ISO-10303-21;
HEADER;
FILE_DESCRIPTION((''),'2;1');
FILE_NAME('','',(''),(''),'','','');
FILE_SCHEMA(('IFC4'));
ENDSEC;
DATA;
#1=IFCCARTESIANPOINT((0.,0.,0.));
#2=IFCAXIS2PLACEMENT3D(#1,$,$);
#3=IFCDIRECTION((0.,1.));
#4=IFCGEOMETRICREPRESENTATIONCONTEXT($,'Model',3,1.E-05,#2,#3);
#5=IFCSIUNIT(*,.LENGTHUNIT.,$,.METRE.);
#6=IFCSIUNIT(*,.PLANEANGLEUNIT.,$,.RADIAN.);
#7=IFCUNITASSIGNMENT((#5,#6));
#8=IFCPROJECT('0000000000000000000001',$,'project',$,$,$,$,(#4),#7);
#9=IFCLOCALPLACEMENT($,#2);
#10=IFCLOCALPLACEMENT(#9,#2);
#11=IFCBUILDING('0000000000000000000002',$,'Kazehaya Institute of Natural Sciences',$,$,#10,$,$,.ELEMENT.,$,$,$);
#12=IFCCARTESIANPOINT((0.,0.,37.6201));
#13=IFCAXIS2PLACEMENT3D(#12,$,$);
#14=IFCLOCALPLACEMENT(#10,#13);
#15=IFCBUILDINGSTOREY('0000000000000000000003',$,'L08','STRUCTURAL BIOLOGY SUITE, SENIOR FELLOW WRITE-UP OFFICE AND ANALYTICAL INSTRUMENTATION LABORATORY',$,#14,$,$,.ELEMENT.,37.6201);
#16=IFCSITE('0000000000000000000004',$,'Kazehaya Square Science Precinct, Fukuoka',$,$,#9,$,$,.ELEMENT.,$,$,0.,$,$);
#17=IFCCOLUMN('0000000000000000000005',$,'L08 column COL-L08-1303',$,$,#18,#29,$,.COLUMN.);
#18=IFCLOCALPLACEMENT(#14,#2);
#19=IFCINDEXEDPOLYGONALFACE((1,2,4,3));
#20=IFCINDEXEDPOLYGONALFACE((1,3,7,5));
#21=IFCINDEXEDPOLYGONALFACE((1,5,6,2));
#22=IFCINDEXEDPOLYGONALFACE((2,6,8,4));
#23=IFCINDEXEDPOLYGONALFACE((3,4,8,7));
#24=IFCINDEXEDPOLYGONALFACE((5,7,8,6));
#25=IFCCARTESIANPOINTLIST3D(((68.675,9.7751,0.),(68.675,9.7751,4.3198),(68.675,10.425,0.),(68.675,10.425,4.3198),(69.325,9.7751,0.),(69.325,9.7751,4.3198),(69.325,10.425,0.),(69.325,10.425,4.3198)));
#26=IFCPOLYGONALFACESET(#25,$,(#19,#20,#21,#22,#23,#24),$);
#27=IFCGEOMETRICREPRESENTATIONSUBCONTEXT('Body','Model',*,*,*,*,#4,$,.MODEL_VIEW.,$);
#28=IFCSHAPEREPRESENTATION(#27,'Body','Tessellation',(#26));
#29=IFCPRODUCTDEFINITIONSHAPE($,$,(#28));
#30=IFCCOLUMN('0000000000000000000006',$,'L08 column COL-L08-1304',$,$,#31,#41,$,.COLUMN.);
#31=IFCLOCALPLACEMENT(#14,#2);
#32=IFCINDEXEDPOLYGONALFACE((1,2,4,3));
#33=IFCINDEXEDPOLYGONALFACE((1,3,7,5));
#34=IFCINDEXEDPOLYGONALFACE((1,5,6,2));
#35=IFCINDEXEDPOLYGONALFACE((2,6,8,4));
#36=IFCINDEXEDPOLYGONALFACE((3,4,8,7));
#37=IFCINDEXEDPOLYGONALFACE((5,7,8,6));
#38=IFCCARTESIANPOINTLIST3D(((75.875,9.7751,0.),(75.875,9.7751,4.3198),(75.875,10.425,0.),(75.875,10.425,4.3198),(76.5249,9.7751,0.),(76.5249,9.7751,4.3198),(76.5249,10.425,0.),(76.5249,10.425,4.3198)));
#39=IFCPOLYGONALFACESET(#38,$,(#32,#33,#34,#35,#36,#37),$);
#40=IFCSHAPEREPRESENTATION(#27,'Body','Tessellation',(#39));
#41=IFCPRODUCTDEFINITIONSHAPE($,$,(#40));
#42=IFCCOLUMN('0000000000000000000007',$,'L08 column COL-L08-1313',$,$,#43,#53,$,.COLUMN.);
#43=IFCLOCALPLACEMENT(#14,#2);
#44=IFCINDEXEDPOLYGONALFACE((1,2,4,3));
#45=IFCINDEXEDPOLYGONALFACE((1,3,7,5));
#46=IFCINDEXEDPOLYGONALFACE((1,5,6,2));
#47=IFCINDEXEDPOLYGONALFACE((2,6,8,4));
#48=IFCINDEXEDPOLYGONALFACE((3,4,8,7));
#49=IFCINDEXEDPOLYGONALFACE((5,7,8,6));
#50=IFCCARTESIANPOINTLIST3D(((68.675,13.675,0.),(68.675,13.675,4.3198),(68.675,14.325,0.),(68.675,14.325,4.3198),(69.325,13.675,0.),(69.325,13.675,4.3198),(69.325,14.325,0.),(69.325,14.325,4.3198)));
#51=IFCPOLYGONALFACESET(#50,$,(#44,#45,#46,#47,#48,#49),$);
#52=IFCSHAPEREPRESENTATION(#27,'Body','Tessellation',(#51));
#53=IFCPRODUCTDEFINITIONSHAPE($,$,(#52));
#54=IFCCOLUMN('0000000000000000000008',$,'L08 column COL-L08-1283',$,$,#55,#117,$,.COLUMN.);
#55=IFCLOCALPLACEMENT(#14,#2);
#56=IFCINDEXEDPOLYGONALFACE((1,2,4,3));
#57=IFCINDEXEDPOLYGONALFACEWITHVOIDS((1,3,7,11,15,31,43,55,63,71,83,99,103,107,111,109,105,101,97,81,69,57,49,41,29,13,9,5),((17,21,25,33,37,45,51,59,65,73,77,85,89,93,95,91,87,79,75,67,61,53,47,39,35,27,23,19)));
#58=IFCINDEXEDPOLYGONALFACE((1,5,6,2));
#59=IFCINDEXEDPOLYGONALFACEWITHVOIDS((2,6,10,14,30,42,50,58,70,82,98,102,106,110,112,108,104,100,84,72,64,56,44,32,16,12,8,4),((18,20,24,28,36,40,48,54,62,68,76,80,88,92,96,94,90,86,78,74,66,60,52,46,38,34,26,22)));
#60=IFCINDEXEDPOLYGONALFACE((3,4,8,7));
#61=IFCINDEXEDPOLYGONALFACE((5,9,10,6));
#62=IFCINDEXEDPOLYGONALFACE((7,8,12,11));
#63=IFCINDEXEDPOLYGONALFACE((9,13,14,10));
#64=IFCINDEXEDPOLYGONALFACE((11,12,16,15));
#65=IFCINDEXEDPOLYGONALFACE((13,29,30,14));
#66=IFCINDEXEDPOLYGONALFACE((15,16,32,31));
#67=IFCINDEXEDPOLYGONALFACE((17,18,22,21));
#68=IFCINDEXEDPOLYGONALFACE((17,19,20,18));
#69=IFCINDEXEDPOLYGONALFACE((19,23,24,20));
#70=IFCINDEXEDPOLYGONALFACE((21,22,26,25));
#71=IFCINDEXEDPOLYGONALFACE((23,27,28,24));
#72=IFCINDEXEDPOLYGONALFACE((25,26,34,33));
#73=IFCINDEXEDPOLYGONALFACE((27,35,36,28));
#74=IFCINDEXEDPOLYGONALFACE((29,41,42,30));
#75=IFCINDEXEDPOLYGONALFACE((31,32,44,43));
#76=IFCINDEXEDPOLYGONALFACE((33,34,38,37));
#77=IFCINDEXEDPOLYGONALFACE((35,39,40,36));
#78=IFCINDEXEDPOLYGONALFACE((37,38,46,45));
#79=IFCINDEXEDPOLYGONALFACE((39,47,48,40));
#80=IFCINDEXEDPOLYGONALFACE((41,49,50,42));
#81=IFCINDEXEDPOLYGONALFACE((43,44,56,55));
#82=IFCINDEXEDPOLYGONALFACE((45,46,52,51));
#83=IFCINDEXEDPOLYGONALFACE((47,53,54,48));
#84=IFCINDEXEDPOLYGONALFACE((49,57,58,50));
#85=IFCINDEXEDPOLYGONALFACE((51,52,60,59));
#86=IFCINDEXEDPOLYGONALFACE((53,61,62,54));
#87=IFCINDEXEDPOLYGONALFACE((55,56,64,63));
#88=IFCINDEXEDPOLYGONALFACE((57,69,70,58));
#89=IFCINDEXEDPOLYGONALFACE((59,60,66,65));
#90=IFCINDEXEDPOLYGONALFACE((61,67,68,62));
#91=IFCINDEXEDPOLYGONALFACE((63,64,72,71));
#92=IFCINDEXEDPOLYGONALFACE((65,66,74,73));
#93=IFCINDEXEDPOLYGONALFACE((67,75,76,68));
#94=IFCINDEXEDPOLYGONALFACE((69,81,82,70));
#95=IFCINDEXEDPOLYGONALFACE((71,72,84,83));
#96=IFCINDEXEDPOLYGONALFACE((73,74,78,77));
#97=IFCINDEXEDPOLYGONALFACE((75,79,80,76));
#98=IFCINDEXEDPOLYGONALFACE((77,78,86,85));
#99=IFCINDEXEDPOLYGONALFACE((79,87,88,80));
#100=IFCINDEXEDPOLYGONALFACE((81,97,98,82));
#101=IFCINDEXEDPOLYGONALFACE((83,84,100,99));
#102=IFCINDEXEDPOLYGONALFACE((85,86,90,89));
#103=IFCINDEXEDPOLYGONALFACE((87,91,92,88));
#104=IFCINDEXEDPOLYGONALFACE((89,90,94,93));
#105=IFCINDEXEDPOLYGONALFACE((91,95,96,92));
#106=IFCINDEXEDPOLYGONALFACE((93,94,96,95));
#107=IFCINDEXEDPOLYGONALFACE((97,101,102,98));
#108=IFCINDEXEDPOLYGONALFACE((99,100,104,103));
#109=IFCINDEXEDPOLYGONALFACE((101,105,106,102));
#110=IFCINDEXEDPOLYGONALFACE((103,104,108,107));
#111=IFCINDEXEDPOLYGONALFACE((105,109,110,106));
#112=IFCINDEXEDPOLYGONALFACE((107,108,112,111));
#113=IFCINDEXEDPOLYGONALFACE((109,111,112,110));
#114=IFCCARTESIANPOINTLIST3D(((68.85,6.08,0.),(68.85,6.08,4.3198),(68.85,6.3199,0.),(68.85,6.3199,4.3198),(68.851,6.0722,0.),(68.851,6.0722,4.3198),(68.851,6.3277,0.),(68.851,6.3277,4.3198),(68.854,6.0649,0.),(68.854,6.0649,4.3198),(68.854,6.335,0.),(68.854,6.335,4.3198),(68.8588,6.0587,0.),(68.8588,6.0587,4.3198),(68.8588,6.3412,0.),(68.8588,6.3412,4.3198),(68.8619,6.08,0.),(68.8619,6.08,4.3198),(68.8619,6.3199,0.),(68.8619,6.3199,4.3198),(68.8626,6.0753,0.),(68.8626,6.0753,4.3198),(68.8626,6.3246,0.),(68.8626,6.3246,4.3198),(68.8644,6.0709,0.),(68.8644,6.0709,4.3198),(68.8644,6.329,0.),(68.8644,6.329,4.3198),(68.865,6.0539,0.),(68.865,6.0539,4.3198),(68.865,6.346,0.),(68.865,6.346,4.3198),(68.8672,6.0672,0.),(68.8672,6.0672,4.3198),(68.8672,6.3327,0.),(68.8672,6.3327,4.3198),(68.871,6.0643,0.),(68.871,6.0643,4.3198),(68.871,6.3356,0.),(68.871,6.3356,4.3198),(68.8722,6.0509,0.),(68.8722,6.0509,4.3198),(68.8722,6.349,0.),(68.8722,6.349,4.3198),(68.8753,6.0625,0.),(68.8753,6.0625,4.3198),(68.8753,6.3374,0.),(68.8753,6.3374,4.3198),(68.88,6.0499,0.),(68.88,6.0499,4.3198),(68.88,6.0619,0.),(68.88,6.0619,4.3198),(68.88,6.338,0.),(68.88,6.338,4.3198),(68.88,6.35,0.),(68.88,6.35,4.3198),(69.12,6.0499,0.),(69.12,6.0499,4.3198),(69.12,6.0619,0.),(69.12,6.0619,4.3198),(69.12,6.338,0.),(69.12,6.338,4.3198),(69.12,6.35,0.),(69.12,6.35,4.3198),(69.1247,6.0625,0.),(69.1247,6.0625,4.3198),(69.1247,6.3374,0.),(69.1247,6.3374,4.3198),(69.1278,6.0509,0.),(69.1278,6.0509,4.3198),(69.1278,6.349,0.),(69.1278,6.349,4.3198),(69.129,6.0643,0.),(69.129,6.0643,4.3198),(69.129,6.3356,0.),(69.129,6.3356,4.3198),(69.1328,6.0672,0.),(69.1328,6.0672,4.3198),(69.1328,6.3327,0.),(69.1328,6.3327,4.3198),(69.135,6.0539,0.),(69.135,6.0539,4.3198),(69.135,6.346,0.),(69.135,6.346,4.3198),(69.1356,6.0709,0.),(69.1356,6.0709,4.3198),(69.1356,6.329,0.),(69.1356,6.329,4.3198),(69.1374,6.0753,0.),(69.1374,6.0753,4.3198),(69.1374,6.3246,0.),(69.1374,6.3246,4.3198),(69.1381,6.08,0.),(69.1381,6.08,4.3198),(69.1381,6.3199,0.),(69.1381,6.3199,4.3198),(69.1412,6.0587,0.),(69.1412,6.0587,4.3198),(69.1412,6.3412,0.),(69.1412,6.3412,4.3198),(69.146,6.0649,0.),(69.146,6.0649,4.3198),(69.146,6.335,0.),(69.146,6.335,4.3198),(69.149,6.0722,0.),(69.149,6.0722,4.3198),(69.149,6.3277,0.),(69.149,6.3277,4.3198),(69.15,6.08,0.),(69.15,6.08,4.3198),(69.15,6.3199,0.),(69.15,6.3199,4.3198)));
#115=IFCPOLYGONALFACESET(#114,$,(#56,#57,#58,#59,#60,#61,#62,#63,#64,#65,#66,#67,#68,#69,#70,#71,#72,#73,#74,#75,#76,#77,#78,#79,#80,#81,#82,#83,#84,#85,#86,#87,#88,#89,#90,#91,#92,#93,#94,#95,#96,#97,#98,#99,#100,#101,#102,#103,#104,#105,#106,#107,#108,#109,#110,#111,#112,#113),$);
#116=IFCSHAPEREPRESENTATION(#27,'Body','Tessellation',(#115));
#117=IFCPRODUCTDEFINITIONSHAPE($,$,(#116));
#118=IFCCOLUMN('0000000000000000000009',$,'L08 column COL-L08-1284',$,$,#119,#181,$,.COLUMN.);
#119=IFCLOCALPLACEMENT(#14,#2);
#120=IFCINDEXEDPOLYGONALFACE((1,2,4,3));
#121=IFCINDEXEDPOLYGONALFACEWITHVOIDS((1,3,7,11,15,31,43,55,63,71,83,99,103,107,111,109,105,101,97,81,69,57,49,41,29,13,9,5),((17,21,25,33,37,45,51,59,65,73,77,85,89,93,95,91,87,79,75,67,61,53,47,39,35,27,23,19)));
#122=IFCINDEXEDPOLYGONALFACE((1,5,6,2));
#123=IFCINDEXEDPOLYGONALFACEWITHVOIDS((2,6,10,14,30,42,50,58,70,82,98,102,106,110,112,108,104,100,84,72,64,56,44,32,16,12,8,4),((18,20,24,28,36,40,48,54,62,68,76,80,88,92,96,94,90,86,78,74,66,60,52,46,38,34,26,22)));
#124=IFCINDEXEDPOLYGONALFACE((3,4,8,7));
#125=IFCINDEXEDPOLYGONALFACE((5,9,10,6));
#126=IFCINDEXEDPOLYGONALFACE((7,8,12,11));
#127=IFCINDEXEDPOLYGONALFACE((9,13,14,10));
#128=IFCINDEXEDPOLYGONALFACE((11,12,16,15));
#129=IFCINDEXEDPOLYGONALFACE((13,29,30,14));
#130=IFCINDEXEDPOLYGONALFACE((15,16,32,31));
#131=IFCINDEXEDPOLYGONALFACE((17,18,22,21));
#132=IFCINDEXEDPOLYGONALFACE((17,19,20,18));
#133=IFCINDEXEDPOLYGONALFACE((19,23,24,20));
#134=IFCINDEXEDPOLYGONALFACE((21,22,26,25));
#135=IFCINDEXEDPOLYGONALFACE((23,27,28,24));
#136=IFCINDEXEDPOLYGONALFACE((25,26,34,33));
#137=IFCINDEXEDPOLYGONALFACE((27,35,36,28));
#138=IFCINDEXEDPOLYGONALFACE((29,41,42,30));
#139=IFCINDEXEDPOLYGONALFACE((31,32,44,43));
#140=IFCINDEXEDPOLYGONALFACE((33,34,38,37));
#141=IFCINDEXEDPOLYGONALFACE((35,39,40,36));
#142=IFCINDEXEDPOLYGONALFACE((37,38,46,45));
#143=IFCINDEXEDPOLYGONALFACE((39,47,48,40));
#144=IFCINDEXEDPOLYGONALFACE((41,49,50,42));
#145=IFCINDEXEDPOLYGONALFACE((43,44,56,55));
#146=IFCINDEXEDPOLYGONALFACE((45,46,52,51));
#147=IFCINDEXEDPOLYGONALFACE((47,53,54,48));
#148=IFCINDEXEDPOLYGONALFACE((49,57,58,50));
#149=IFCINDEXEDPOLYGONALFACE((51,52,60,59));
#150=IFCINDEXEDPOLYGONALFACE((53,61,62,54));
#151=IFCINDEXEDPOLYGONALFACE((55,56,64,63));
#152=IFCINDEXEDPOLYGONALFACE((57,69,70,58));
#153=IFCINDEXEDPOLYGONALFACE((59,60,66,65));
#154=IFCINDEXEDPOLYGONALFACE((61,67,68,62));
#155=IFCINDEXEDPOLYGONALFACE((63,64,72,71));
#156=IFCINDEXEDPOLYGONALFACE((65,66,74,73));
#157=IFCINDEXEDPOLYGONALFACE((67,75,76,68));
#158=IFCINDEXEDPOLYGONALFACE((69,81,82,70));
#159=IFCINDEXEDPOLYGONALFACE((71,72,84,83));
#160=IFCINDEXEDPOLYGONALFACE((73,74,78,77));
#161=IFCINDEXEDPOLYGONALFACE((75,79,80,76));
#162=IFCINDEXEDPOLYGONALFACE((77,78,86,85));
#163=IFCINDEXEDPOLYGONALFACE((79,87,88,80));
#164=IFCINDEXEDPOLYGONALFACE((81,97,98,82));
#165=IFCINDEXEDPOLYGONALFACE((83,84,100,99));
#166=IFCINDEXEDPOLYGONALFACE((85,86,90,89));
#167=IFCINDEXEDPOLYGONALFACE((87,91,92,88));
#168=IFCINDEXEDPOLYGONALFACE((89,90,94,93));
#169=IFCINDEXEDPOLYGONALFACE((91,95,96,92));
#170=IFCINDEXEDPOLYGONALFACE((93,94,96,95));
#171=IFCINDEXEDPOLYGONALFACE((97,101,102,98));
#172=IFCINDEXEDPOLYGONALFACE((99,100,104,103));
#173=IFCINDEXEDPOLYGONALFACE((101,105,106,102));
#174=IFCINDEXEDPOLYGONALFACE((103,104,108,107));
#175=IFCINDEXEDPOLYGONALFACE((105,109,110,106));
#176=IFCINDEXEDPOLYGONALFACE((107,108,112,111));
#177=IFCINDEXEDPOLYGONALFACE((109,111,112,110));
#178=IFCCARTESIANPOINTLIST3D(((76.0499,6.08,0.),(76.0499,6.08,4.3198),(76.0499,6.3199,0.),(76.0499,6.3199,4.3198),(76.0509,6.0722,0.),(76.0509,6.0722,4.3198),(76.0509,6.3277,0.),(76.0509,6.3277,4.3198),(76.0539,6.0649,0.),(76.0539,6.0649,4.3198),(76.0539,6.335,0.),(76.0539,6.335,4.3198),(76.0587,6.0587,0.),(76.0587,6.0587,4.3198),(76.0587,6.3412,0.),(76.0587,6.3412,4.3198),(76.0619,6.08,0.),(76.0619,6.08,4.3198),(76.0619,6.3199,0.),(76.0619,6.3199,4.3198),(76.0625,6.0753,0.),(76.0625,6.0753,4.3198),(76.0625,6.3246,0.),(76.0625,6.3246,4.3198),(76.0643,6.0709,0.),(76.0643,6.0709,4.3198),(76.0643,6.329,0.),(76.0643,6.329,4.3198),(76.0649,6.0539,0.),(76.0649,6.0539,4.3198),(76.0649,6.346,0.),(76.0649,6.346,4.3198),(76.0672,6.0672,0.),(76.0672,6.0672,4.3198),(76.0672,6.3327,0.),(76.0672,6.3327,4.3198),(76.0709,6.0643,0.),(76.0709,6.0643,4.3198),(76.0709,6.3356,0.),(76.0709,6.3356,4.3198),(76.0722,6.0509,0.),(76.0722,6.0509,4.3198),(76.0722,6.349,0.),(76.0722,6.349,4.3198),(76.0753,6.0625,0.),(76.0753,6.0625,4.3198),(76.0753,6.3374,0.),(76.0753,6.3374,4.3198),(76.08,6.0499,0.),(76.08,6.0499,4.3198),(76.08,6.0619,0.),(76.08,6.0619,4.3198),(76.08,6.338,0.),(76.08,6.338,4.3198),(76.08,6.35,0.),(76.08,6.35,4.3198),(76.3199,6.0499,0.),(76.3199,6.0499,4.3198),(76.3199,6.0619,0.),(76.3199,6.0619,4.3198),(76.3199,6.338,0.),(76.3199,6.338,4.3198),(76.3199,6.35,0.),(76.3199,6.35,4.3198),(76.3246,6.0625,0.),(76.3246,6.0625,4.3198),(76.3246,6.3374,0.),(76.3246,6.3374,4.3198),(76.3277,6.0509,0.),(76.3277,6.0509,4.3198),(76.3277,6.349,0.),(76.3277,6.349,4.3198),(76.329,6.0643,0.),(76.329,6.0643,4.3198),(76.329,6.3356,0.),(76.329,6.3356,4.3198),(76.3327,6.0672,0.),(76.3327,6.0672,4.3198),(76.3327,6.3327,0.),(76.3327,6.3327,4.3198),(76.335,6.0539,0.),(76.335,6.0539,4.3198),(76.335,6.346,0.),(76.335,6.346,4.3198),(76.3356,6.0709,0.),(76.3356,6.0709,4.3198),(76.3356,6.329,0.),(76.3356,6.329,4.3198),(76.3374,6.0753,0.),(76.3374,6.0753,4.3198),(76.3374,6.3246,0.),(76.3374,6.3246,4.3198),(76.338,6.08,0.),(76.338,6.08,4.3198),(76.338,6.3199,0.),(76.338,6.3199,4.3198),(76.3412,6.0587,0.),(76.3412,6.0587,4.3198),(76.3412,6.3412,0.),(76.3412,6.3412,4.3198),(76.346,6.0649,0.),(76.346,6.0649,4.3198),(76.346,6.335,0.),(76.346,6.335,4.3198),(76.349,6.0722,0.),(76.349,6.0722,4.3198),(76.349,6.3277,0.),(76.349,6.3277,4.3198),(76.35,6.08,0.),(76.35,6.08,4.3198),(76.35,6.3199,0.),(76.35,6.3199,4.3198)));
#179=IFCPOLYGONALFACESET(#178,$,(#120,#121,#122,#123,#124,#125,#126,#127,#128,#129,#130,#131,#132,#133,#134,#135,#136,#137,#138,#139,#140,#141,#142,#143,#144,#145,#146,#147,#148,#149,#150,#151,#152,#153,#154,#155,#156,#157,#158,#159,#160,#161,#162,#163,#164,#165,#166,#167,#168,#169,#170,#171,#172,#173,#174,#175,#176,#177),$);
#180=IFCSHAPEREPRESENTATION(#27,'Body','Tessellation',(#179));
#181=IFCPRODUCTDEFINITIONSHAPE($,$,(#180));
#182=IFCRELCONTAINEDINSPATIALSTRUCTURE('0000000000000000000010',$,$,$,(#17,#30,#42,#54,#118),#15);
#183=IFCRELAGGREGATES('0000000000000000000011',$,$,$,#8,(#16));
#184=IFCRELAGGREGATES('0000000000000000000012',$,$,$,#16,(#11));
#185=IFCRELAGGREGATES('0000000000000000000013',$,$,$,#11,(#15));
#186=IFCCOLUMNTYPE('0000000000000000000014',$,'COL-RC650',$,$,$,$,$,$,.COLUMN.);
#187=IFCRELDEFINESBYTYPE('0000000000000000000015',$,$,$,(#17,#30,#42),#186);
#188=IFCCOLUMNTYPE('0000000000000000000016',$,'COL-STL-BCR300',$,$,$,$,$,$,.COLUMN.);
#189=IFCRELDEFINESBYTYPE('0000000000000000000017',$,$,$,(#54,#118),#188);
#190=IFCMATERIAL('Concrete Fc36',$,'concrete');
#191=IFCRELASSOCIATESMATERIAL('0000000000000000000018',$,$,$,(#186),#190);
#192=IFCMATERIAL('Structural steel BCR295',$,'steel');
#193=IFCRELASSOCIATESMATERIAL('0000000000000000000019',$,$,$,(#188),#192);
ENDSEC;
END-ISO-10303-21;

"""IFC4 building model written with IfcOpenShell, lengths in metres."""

from ifc_helpers import new_model, si_unit, direction, frame, origin, origin_2d, place, context, subcontext, project, spatial, rectangle, hollow_rectangle, extrude, material, material_profile, profile_set, type_object, element, save


model = new_model("IFC4")

# Units and contexts
model_context = context("Model", 3, precision=1e-05, world=origin(), true_north=direction((0.0, 1.0)))
body_context = subcontext(model_context, "Body", "Model", "MODEL_VIEW")
ifc_project = project(units=[si_unit("LENGTHUNIT", "METRE"), si_unit("PLANEANGLEUNIT", "RADIAN")], contexts=[model_context])

# Site, building, storey
site_placement = place(None, origin())
site = spatial("IfcSite", under=ifc_project, at=site_placement, Name="Kazehaya Square Science Precinct, Fukuoka", CompositionType="ELEMENT", RefElevation=0.0)
building_placement = place(site_placement, origin())
building = spatial("IfcBuilding", under=site, at=building_placement, Name="Kazehaya Institute of Natural Sciences", CompositionType="ELEMENT")
storey_placement = place(building_placement, frame((0.0, 0.0, 37.6201)))
storey = spatial("IfcBuildingStorey", under=building, at=storey_placement, Name="L08", Description="STRUCTURAL BIOLOGY SUITE, SENIOR FELLOW WRITE-UP OFFICE AND ANALYTICAL INSTRUMENTATION LABORATORY", CompositionType="ELEMENT", Elevation=37.6201)

# Columns
ifc_material_1 = material(Name="Concrete Fc36", Category="concrete")
ifc_material_profile_1 = material_profile(ifc_material_1, rectangle(XDim=0.6499, YDim=0.6499, at=origin_2d()), Name="RC-650x650")
ifc_profile_set_1 = profile_set([ifc_material_profile_1], Name="Concrete Fc36")
column_type_1 = type_object("IfcColumnType", Name="COL-RC650", PredefinedType="COLUMN", material=ifc_profile_set_1)
for number, where, z_axis, x_axis, name in (
    (1, (69.0, 10.1001, 0.0), (0.0, 0.0, 1.0), (1.0, 0.0, 0.0), "L08 column COL-L08-1303"),
    (2, (76.2, 10.1001, 0.0), (0.0, 0.0, 1.0), (1.0, 0.0, 0.0), "L08 column COL-L08-1304"),
    (3, (69.0, 14.0, 0.0), (0.0, 0.0, 1.0), (1.0, 0.0, 0.0), "L08 column COL-L08-1313"),
):
    element("IfcColumn", number, at=place(storey_placement, frame(where, z_axis=z_axis, x_axis=x_axis)), inside=storey, type_object=column_type_1, Name=name, PredefinedType="COLUMN", context=body_context, shape_type="SweptSolid", body=[
        extrude(rectangle(XDim=0.6499, YDim=0.6499, at=origin_2d()), origin(), (0.0, 0.0, 1.0), 4.3198),
    ])
ifc_material_2 = material(Name="Structural steel BCR295", Category="steel")
ifc_material_profile_2 = material_profile(ifc_material_2, hollow_rectangle(XDim=0.3, YDim=0.3, WallThickness=0.012, InnerFilletRadius=0.0181, OuterFilletRadius=0.03, at=origin_2d()), Name="BCR-300x300x12")
ifc_profile_set_2 = profile_set([ifc_material_profile_2], Name="Structural steel BCR295")
column_type_2 = type_object("IfcColumnType", Name="COL-STL-BCR300", PredefinedType="COLUMN", material=ifc_profile_set_2)
for number, where, z_axis, x_axis, name in (
    (4, (69.0, 6.2, 0.0), (0.0, 0.0, 1.0), (1.0, 0.0, 0.0), "L08 column COL-L08-1283"),
    (5, (76.2, 6.2, 0.0), (0.0, 0.0, 1.0), (1.0, 0.0, 0.0), "L08 column COL-L08-1284"),
):
    element("IfcColumn", number, at=place(storey_placement, frame(where, z_axis=z_axis, x_axis=x_axis)), inside=storey, type_object=column_type_2, Name=name, PredefinedType="COLUMN", context=body_context, shape_type="SweptSolid", body=[
        extrude(hollow_rectangle(XDim=0.3, YDim=0.3, WallThickness=0.012, InnerFilletRadius=0.0181, OuterFilletRadius=0.03, at=origin_2d()), origin(), (0.0, 0.0, 1.0), 4.3198),
    ])

save(model, "model.ifc")
